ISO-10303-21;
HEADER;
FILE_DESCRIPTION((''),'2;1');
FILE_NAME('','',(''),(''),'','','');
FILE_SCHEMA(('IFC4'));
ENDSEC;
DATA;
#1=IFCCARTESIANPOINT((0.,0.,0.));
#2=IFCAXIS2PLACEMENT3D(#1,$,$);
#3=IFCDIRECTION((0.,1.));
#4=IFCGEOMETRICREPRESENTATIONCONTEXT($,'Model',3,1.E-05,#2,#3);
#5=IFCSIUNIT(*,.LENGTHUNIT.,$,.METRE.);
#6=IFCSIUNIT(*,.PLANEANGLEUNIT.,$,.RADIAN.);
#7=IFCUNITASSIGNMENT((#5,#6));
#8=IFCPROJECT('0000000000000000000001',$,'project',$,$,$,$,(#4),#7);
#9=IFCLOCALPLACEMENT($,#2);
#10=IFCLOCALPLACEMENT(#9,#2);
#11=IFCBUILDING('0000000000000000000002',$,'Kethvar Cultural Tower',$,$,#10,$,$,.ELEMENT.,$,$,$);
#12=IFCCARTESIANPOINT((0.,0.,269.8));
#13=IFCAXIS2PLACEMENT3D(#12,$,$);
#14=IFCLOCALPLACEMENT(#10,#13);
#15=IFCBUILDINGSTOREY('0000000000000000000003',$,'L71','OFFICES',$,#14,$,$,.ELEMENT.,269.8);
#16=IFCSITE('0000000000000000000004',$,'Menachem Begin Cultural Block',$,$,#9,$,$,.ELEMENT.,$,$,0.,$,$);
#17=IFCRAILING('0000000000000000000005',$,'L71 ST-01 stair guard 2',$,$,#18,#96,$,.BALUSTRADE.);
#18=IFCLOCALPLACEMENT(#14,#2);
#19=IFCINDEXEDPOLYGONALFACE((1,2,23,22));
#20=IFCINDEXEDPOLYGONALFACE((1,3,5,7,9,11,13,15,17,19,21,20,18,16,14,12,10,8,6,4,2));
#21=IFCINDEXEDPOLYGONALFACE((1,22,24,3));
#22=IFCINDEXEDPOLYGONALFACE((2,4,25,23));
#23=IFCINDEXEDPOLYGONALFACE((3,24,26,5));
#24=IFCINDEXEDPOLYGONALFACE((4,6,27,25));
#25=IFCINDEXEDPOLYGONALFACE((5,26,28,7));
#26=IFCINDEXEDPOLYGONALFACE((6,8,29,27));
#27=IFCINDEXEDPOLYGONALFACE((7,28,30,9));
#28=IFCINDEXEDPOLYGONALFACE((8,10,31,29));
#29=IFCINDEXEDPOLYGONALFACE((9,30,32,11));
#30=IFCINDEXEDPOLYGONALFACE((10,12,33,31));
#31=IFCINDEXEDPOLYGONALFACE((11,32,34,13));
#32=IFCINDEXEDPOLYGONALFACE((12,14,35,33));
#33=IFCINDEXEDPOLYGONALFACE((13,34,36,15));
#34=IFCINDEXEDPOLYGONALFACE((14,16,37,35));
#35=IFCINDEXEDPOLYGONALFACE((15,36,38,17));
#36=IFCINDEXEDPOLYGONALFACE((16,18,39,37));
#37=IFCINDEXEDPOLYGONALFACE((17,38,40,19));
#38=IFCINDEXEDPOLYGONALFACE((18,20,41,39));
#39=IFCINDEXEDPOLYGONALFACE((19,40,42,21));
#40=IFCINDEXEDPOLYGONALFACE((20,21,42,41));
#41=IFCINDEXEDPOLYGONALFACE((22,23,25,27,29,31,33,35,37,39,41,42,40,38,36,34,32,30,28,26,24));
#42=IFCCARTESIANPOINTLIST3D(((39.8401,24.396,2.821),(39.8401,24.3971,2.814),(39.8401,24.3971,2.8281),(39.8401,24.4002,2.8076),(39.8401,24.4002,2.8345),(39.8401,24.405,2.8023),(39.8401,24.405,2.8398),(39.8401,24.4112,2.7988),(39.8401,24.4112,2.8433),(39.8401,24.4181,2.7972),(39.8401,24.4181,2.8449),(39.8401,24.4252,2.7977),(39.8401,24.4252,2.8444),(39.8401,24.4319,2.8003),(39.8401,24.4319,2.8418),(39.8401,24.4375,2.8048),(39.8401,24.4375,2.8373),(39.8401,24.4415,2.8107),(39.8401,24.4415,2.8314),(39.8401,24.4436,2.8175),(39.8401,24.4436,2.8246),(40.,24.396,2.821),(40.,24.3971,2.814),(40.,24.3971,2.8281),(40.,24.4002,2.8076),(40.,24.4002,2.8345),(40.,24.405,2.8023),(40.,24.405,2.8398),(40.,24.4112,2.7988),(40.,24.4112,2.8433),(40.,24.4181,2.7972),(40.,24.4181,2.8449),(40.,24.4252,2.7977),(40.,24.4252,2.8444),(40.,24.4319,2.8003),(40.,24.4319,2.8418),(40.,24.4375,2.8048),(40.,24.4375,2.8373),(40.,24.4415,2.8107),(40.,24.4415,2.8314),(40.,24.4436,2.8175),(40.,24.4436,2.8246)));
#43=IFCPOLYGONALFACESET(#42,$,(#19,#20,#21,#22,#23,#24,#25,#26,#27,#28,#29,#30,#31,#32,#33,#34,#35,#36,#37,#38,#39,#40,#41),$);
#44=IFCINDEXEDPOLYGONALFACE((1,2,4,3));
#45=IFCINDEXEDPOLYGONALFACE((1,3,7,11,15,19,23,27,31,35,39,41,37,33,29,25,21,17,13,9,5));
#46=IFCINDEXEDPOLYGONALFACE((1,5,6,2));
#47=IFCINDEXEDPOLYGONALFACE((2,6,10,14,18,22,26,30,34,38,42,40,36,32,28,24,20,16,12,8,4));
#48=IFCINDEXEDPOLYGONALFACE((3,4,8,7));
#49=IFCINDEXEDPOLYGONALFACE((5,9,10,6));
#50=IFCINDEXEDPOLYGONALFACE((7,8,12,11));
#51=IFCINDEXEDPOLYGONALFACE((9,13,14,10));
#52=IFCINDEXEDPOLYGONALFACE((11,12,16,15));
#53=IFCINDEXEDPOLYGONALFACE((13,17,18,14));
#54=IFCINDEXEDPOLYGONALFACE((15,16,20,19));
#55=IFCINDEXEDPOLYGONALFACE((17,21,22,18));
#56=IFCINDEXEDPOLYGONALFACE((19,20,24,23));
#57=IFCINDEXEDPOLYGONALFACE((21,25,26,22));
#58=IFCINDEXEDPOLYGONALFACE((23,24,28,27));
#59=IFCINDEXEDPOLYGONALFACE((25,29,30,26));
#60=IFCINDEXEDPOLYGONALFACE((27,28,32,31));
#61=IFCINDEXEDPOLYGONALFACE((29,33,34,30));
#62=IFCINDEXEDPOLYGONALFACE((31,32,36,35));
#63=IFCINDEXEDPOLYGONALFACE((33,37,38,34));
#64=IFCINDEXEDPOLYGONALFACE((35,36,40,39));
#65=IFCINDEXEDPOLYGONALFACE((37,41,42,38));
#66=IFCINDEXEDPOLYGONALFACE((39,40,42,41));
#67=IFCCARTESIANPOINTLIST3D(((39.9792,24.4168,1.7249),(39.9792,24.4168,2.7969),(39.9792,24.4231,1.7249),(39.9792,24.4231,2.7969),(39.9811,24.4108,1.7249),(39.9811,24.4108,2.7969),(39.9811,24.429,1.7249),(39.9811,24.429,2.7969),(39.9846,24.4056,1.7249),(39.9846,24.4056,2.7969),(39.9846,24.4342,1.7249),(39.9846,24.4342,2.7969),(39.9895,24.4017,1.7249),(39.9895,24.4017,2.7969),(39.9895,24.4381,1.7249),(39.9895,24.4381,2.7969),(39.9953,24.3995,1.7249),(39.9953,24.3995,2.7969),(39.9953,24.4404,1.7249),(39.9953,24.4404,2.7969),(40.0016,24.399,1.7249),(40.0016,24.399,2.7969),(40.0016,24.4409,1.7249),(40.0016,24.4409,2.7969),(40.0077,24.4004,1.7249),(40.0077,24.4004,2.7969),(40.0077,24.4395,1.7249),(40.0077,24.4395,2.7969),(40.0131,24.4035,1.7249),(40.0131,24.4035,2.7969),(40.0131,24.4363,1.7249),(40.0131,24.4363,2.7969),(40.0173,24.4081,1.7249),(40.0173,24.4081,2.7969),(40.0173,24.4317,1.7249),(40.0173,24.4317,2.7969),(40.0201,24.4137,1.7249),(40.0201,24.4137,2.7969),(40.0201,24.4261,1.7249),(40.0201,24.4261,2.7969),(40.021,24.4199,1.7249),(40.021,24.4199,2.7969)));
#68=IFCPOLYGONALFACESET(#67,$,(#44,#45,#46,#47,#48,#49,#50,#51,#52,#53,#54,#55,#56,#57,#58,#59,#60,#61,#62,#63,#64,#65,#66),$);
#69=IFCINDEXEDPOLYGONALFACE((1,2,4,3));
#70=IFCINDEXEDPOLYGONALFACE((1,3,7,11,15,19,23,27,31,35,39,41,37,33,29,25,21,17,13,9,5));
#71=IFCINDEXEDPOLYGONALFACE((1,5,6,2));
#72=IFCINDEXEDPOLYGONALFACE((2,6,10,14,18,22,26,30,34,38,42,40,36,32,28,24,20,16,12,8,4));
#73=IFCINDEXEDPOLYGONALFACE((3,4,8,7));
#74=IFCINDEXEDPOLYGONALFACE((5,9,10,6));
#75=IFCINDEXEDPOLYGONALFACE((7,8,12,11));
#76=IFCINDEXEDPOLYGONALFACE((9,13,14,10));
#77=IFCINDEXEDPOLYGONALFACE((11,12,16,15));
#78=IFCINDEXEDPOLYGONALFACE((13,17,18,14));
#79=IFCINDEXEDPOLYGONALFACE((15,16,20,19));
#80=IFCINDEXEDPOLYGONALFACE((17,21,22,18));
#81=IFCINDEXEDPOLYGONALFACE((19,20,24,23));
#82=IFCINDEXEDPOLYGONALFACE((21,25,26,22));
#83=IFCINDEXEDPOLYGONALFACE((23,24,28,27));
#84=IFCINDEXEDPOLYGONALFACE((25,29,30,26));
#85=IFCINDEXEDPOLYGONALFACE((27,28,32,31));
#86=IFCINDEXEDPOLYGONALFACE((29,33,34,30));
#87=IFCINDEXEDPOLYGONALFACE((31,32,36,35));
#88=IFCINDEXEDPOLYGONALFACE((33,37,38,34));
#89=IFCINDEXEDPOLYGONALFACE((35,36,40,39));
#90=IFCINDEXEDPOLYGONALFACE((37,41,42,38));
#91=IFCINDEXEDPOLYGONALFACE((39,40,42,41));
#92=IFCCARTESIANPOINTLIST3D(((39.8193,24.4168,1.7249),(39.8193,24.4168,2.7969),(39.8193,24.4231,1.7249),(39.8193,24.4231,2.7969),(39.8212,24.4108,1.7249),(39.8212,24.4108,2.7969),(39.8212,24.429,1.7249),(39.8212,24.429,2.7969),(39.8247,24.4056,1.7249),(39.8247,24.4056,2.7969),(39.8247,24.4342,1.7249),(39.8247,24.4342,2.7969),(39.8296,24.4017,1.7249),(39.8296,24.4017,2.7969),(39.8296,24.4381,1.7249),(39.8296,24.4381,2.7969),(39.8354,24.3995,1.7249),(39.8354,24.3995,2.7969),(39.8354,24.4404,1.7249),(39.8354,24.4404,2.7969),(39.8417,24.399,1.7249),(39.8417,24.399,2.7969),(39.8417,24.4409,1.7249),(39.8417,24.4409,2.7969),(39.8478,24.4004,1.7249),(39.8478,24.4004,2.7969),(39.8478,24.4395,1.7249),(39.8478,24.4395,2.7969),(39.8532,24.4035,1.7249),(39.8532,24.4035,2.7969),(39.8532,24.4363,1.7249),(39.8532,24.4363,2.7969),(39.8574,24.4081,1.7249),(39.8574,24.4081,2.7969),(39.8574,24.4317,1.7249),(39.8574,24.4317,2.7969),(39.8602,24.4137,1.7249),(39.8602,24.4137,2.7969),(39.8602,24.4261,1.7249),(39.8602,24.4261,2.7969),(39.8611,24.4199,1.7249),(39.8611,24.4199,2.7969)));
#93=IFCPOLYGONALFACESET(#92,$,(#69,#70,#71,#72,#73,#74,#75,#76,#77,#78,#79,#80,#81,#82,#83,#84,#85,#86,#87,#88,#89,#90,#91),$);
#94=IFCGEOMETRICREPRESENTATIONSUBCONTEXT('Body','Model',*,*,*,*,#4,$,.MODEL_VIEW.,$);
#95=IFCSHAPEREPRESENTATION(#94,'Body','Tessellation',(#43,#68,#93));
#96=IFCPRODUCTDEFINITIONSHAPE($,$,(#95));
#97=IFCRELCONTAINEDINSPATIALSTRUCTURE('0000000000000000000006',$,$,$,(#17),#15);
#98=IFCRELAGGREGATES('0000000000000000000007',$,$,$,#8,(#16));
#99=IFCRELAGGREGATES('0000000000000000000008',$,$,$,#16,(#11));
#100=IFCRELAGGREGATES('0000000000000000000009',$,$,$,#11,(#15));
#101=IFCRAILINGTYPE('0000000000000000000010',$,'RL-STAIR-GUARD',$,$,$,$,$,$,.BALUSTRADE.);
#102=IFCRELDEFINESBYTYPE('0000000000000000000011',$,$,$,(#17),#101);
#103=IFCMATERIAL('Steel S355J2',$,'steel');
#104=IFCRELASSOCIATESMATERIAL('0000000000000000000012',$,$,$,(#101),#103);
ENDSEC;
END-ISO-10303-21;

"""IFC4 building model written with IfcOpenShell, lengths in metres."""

from ifc_helpers import new_model, si_unit, direction, frame, origin, origin_2d, place, context, subcontext, project, spatial, circle, extrude, material, type_object, element, save


model = new_model("IFC4")

# Units and contexts
model_context = context("Model", 3, precision=1e-05, world=origin(), true_north=direction((0.0, 1.0)))
body_context = subcontext(model_context, "Body", "Model", "MODEL_VIEW")
ifc_project = project(units=[si_unit("LENGTHUNIT", "METRE"), si_unit("PLANEANGLEUNIT", "RADIAN")], contexts=[model_context])

# Site, building, storey
site_placement = place(None, origin())
site = spatial("IfcSite", under=ifc_project, at=site_placement, Name="Menachem Begin Cultural Block", CompositionType="ELEMENT", RefElevation=0.0)
building_placement = place(site_placement, origin())
building = spatial("IfcBuilding", under=site, at=building_placement, Name="Kethvar Cultural Tower", CompositionType="ELEMENT")
storey_placement = place(building_placement, frame((0.0, 0.0, 269.8)))
storey = spatial("IfcBuildingStorey", under=building, at=storey_placement, Name="L71", Description="OFFICES", CompositionType="ELEMENT", Elevation=269.8)

# Shared definitions
ifc_material_1 = material(Name="Steel S355J2", Category="steel")

# Railing
railing_type_1 = type_object("IfcRailingType", Name="RL-STAIR-GUARD", PredefinedType="BALUSTRADE", material=ifc_material_1)
railing_1_placement = place(storey_placement, frame((40.0, 24.4199, 1.7249)))
element("IfcRailing", 1, at=railing_1_placement, inside=storey, type_object=railing_type_1, Name="L71 ST-01 stair guard 2", PredefinedType="BALUSTRADE", context=body_context, shape_type="SweptSolid", body=[
    extrude(circle(Radius=0.0239, at=origin_2d()), frame((0.0, 0.0, 1.0962), z_axis=(-1.0, 0.0, 0.0), x_axis=(0.0, -1.0, 0.0)), (0.0, 0.0, 1.0), 0.1599),
    extrude(circle(Radius=0.021, at=origin_2d()), origin(), (0.0, 0.0, 1.0), 1.072),
    extrude(circle(Radius=0.021, at=origin_2d()), frame((-0.1599, 0.0, 0.0)), (0.0, 0.0, 1.0), 1.072),
])

save(model, "model.ifc")
